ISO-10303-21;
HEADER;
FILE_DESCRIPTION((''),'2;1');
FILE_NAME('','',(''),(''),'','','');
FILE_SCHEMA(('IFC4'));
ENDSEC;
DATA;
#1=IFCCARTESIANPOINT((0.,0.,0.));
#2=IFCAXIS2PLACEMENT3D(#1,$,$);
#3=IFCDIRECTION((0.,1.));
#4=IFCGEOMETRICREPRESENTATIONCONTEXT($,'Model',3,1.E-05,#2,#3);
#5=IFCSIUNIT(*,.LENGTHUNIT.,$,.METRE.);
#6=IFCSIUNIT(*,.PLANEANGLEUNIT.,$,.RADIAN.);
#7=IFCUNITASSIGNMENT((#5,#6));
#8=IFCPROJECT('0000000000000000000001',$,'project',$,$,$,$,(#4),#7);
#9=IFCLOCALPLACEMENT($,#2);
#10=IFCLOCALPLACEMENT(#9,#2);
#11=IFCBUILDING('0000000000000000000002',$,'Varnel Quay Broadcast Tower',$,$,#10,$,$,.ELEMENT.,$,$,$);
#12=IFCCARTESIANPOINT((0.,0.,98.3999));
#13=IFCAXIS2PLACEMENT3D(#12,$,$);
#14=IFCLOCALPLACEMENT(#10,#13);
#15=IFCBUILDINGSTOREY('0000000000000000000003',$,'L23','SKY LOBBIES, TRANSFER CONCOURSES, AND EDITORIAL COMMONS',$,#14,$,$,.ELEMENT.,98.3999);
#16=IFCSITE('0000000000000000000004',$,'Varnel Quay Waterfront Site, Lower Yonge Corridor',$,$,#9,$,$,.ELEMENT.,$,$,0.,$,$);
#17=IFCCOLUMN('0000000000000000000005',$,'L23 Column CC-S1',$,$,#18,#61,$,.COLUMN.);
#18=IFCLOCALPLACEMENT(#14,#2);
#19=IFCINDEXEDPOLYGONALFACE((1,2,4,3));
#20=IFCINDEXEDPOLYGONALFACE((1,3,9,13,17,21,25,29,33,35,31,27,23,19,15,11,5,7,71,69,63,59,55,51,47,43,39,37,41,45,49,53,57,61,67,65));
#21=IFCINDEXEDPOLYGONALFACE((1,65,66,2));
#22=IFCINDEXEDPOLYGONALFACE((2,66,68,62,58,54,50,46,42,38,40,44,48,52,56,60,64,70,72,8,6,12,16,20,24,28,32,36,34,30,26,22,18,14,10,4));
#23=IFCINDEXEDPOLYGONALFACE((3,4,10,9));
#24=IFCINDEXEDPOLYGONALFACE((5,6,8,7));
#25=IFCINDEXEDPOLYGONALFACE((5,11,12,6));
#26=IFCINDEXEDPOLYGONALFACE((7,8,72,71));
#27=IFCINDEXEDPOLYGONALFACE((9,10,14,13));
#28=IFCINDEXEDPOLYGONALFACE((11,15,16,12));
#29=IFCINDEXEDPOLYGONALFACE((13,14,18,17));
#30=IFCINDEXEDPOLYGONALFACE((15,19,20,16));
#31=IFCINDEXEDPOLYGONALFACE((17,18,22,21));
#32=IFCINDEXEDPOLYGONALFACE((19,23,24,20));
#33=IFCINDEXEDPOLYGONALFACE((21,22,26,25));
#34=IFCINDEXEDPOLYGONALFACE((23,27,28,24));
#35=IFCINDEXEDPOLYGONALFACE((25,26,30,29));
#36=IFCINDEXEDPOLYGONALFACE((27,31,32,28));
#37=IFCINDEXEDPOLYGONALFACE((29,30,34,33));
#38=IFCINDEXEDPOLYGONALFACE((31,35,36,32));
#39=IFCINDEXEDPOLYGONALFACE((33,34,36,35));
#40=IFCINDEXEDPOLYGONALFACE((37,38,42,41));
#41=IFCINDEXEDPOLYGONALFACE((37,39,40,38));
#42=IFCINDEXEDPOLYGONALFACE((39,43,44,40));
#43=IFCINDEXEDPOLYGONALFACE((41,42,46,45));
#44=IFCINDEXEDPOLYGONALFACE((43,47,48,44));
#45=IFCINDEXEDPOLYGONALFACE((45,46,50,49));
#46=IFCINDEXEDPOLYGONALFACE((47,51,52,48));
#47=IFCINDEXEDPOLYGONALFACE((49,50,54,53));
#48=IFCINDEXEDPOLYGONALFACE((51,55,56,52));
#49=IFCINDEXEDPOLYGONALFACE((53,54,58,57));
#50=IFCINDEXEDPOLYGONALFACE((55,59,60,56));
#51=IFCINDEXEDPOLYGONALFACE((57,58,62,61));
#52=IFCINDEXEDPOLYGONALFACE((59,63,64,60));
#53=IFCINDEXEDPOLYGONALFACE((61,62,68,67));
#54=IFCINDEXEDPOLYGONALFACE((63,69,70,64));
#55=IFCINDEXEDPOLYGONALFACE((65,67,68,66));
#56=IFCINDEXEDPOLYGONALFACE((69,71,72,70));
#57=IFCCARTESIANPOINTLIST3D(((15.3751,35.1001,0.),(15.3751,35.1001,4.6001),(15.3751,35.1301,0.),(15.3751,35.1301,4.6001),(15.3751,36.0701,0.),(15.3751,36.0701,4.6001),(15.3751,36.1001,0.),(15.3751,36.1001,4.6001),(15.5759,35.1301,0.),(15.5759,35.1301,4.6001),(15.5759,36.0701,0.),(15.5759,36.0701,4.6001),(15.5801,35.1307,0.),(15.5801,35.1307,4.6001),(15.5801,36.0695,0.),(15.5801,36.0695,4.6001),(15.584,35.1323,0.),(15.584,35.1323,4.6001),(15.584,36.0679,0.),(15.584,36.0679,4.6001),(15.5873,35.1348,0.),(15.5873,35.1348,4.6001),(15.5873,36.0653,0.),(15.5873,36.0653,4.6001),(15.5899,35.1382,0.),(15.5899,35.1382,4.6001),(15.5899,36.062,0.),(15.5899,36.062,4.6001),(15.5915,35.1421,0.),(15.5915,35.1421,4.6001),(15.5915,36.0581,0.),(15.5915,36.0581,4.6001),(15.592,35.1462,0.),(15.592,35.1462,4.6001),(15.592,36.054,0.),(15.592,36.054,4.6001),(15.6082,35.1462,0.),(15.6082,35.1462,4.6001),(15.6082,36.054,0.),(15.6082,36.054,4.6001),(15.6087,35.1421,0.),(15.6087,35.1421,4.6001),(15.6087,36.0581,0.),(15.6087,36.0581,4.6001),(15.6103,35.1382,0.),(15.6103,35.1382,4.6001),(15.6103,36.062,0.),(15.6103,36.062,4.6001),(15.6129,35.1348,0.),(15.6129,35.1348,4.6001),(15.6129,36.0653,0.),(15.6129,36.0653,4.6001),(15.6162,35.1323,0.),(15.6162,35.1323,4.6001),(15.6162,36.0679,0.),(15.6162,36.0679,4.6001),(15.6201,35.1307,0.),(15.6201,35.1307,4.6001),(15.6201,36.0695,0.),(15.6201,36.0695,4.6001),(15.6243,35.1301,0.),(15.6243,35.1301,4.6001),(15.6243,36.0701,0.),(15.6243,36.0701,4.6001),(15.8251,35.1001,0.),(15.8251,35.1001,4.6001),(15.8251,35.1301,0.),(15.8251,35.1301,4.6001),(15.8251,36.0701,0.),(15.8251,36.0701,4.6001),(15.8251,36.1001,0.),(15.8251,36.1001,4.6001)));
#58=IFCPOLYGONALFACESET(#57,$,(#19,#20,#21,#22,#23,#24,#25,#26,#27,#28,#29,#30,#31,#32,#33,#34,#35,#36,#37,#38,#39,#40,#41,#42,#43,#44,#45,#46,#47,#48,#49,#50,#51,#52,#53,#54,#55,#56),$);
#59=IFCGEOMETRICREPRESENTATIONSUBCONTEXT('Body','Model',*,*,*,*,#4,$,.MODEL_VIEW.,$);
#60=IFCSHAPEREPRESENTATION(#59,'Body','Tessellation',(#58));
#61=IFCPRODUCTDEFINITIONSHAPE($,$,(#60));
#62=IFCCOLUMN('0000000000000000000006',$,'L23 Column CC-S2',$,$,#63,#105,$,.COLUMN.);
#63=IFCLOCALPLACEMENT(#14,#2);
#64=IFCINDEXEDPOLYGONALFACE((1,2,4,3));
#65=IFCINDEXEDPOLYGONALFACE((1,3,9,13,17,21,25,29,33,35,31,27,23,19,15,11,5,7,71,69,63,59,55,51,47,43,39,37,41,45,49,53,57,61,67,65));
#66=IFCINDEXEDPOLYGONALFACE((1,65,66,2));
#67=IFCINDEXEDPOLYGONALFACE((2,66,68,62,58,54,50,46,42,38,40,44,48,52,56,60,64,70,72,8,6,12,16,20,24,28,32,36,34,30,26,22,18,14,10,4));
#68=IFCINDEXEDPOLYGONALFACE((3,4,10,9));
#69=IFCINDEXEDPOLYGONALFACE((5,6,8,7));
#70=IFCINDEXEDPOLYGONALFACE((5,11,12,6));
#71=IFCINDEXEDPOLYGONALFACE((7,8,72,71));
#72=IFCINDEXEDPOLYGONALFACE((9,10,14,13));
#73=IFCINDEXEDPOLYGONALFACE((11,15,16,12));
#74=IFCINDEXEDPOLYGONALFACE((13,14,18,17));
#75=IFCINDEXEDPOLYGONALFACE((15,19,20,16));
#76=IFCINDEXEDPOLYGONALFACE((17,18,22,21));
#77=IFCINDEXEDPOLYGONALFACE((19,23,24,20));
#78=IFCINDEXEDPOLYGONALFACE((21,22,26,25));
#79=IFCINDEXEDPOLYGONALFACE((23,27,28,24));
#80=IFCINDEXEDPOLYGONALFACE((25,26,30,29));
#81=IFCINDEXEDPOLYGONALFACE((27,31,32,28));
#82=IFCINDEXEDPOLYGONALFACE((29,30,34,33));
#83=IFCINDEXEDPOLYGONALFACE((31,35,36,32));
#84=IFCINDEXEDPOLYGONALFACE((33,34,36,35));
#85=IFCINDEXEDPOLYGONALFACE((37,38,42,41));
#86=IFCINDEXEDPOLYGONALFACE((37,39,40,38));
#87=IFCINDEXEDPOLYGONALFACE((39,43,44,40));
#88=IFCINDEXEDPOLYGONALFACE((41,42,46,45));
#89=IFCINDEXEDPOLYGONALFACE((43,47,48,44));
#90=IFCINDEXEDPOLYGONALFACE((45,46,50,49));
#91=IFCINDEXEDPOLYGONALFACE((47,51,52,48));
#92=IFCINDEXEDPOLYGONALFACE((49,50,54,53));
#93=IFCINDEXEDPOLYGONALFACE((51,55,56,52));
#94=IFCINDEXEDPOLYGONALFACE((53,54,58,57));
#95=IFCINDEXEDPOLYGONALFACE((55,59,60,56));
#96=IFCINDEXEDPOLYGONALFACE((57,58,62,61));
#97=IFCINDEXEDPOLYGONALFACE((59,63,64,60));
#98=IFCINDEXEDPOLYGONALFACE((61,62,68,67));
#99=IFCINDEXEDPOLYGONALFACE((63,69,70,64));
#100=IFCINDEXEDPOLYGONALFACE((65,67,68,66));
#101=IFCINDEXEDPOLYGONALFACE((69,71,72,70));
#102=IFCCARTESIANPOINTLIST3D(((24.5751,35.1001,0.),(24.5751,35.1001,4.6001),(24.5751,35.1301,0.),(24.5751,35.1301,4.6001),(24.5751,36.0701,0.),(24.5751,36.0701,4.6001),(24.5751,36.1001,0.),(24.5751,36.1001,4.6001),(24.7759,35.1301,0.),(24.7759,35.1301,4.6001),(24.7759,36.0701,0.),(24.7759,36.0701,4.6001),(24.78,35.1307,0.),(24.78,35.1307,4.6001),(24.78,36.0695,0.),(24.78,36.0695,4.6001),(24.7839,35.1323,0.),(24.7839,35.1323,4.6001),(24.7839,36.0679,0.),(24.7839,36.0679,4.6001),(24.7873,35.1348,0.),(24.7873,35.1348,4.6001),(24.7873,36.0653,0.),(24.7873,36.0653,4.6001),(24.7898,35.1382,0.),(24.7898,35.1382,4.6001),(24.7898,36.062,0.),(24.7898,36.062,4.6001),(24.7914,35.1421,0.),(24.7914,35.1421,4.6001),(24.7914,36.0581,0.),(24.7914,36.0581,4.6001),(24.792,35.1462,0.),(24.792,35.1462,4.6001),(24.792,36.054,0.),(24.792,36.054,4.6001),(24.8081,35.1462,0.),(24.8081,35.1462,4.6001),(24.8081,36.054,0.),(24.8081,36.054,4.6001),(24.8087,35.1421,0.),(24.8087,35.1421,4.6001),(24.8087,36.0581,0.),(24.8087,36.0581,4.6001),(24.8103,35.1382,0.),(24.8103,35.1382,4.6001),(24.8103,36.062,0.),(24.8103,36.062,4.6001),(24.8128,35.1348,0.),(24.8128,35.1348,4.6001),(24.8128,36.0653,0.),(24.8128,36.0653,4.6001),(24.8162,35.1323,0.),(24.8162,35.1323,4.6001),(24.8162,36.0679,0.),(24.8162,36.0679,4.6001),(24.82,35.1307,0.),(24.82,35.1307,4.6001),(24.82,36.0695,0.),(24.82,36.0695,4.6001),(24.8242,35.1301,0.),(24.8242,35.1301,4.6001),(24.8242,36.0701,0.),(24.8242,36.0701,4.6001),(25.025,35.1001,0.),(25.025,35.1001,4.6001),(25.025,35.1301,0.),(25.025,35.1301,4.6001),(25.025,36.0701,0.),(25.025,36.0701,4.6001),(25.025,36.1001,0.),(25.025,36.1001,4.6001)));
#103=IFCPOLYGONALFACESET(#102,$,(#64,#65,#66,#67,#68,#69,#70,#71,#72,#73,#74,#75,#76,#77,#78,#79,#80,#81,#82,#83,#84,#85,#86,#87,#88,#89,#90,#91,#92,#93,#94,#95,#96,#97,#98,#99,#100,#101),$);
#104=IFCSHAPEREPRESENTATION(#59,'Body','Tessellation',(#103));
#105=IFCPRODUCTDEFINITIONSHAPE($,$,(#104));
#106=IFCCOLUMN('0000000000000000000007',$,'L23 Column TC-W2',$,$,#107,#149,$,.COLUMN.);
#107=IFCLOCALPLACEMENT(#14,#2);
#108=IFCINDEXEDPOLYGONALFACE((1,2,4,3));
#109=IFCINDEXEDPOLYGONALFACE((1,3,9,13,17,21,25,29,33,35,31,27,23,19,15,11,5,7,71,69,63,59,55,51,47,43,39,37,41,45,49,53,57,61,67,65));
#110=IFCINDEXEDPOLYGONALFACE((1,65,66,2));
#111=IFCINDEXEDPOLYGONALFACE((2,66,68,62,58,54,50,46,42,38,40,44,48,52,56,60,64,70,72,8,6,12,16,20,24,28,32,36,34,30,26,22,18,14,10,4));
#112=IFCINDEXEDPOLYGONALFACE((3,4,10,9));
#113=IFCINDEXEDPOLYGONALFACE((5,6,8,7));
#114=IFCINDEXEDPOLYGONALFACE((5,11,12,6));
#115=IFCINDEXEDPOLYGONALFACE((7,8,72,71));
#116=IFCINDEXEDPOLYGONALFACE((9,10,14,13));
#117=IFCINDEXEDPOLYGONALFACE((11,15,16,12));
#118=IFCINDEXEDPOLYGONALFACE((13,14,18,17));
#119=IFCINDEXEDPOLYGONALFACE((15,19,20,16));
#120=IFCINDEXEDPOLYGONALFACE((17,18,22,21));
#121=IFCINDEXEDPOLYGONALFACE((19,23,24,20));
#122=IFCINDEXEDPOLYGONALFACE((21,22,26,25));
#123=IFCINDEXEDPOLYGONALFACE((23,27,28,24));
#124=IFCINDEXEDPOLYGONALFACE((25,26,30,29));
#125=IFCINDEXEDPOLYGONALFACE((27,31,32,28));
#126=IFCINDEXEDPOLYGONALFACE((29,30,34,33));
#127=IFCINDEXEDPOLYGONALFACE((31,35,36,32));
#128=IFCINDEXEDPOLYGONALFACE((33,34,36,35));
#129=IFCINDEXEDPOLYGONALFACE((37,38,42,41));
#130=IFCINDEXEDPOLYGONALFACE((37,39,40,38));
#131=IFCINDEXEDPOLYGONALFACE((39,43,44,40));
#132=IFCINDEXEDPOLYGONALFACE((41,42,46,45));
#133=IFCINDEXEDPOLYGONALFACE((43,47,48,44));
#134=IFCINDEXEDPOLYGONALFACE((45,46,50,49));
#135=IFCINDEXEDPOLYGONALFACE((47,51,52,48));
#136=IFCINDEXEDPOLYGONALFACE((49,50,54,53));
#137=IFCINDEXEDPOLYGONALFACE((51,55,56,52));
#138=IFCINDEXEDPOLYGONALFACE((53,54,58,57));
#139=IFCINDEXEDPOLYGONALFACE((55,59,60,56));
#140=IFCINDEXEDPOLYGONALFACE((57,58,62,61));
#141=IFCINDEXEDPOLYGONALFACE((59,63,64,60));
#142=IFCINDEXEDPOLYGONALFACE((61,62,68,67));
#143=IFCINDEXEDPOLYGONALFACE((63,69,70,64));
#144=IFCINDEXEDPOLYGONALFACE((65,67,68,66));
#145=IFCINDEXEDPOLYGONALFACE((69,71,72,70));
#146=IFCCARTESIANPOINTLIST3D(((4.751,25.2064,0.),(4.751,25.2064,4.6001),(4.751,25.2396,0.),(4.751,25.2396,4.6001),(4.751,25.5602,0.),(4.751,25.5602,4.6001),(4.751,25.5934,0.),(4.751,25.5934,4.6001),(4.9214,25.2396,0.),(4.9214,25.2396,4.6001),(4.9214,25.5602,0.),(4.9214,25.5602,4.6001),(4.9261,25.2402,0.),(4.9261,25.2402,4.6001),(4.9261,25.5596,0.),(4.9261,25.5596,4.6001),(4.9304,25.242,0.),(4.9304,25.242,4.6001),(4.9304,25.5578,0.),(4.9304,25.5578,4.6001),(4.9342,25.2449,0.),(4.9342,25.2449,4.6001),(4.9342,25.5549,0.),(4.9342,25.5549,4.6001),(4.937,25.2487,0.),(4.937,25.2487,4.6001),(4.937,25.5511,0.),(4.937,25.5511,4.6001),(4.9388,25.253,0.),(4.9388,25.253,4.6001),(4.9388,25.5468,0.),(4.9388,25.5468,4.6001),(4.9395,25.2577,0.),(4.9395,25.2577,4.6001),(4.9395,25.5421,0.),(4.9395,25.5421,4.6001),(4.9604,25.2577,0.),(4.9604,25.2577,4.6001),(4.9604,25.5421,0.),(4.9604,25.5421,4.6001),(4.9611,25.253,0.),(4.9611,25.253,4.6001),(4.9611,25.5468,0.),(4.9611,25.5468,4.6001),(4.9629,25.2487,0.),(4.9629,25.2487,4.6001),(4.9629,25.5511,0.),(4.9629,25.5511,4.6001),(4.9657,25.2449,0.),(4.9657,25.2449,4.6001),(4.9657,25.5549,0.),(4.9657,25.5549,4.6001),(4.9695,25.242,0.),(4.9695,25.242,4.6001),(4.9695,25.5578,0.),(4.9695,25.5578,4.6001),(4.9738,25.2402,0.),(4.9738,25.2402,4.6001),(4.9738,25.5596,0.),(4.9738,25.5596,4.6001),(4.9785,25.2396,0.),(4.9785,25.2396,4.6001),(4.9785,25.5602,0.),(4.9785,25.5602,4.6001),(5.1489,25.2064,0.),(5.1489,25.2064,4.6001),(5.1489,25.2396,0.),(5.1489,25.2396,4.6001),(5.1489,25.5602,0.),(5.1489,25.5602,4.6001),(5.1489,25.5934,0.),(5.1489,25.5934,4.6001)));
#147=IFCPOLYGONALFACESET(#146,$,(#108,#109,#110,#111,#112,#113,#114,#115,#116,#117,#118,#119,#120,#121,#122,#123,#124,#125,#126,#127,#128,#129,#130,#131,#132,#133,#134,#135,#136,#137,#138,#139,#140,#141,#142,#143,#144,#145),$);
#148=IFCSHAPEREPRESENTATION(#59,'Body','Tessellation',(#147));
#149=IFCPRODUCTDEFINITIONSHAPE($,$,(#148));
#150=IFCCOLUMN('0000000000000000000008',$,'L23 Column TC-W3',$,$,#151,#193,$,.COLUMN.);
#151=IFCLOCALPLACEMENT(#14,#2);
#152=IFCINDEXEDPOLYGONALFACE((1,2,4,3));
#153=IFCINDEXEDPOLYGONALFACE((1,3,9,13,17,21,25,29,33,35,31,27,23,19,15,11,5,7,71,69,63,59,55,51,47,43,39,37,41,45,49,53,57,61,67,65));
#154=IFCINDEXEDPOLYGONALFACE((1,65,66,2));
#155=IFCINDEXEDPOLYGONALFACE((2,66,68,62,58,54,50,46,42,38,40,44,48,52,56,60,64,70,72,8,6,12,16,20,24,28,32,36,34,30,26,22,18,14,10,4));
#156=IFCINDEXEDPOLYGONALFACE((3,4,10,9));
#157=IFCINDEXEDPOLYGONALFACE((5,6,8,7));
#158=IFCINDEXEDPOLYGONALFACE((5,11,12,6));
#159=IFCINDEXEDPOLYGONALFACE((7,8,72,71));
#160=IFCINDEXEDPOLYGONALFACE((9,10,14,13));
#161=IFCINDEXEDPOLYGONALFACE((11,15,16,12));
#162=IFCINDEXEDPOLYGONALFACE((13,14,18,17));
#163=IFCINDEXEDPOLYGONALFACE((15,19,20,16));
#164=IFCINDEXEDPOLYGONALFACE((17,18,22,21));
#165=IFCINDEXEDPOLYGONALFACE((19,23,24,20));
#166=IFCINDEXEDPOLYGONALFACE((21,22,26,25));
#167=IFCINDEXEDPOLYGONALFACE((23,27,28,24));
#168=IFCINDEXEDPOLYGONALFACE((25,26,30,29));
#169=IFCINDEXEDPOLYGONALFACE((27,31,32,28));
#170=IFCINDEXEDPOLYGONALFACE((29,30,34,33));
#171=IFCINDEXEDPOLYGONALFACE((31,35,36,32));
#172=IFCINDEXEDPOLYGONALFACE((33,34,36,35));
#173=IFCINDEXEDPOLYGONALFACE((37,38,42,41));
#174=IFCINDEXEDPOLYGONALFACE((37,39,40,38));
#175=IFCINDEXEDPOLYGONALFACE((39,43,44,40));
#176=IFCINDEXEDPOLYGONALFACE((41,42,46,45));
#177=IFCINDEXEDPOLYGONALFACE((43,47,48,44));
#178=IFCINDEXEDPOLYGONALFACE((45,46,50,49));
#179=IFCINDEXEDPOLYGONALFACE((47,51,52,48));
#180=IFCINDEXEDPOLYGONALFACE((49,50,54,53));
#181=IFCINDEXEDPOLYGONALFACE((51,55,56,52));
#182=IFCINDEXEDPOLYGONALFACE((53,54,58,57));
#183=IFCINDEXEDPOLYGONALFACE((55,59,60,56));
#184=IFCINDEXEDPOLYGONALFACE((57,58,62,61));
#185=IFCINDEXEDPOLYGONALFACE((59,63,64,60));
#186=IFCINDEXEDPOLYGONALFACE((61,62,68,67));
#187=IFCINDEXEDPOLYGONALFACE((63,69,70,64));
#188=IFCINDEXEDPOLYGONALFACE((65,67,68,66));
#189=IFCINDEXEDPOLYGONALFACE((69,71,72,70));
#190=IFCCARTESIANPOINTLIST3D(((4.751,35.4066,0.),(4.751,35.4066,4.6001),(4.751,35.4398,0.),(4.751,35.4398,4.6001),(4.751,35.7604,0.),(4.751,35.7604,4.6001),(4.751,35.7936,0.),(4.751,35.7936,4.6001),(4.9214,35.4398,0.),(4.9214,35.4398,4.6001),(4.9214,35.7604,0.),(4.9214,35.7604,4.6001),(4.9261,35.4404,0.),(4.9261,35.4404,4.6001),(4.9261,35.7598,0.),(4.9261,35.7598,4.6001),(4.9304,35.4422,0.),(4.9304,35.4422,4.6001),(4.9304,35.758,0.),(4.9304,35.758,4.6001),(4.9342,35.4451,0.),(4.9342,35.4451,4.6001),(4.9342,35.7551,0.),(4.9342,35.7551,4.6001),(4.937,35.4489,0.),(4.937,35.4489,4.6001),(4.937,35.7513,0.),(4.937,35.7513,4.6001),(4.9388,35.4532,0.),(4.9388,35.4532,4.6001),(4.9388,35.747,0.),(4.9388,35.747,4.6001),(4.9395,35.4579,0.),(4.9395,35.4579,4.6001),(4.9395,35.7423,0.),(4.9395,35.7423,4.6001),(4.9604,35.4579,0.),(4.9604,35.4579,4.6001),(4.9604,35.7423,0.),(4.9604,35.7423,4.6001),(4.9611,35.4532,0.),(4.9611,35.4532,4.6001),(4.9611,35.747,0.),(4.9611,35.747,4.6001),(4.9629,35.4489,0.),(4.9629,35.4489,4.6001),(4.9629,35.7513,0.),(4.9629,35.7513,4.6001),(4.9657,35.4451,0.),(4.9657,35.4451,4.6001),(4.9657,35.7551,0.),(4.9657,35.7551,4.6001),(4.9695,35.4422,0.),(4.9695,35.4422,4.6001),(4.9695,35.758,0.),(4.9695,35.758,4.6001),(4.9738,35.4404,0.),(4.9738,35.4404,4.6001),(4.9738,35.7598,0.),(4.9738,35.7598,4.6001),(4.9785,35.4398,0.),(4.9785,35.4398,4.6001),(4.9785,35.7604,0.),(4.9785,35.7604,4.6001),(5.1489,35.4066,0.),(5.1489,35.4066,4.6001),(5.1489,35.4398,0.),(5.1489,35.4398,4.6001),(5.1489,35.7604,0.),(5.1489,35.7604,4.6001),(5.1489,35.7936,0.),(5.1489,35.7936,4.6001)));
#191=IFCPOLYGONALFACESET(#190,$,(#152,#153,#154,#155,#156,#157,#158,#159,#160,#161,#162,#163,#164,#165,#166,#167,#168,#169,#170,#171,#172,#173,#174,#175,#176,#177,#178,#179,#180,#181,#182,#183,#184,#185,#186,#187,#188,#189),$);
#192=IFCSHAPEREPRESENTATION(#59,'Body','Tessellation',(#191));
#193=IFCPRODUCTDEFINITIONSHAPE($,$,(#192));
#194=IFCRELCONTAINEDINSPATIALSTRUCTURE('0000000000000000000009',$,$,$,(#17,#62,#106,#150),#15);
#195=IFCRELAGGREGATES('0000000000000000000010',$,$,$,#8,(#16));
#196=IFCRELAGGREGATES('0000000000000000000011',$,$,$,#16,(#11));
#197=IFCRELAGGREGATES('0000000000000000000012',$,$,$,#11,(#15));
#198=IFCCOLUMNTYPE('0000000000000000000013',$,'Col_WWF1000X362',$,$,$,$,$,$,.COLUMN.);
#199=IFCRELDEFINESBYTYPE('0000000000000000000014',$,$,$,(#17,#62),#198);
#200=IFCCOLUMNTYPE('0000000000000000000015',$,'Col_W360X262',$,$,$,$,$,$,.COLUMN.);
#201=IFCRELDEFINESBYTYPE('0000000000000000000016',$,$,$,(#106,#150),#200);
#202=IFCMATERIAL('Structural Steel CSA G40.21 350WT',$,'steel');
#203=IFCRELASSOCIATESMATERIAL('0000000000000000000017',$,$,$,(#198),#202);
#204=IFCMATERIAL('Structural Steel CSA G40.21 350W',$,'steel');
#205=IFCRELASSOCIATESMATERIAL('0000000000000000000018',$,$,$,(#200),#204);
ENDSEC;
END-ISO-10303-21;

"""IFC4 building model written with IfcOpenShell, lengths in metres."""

from ifc_helpers import new_model, si_unit, direction, frame, origin, origin_2d, place, context, subcontext, project, spatial, i_section, extrude, source, transform, mapped, material, material_profile, profile_set, type_object, type_shapes, element, save


model = new_model("IFC4")

# Units and contexts
model_context = context("Model", 3, precision=1e-05, world=origin(), true_north=direction((0.0, 1.0)))
body_context = subcontext(model_context, "Body", "Model", "MODEL_VIEW")
ifc_project = project(units=[si_unit("LENGTHUNIT", "METRE"), si_unit("PLANEANGLEUNIT", "RADIAN")], contexts=[model_context])

# Site, building, storey
site_placement = place(None, origin())
site = spatial("IfcSite", under=ifc_project, at=site_placement, Name="Varnel Quay Waterfront Site, Lower Yonge Corridor", CompositionType="ELEMENT", RefElevation=0.0)
building_placement = place(site_placement, origin())
building = spatial("IfcBuilding", under=site, at=building_placement, Name="Varnel Quay Broadcast Tower", CompositionType="ELEMENT")
storey_placement = place(building_placement, frame((0.0, 0.0, 98.3999)))
storey = spatial("IfcBuildingStorey", under=building, at=storey_placement, Name="L23", Description="SKY LOBBIES, TRANSFER CONCOURSES, AND EDITORIAL COMMONS", CompositionType="ELEMENT", Elevation=98.3999)

# Columns
ifc_material_1 = material(Name="Structural Steel CSA G40.21 350WT", Category="steel")
ifc_material_profile_1 = material_profile(ifc_material_1, i_section(OverallWidth=0.45, OverallDepth=1.0, WebThickness=0.0161, FlangeThickness=0.03, FilletRadius=0.0161, at=origin_2d()), Name="WWF1000X362")
ifc_profile_set_1 = profile_set([ifc_material_profile_1], Name="Structural Steel CSA G40.21 350WT")
column_type_1 = type_object("IfcColumnType", Name="Col_WWF1000X362", PredefinedType="COLUMN", material=ifc_profile_set_1)
shared_shape_1 = source(origin(), body_context, "Body", "SweptSolid", [
    extrude(i_section(OverallWidth=0.45, OverallDepth=1.0, WebThickness=0.0161, FlangeThickness=0.03, FilletRadius=0.0161, at=origin_2d()), origin(), (0.0, 0.0, 1.0), 4.6001),
])
type_shapes(column_type_1, [shared_shape_1])
for number, where, z_axis, x_axis, name in (
    (1, (15.6001, 35.6001, 0.0), (0.0, 0.0, 1.0), (1.0, 0.0, 0.0), "L23 Column CC-S1"),
    (2, (24.8, 35.6001, 0.0), (0.0, 0.0, 1.0), (1.0, 0.0, 0.0), "L23 Column CC-S2"),
):
    element("IfcColumn", number, at=place(storey_placement, frame(where, z_axis=z_axis, x_axis=x_axis)), inside=storey, type_object=column_type_1, Name=name, PredefinedType="COLUMN", context=body_context, shape_type="MappedRepresentation", body=[
        mapped(shared_shape_1, transform((0.0, 0.0, 0.0), x_axis=(1.0, 0.0, 0.0), y_axis=(0.0, 1.0, 0.0), z_axis=(0.0, 0.0, 1.0), scale=1.0)),
    ])
ifc_material_2 = material(Name="Structural Steel CSA G40.21 350W", Category="steel")
ifc_material_profile_2 = material_profile(ifc_material_2, i_section(OverallWidth=0.3979, OverallDepth=0.387, WebThickness=0.021, FlangeThickness=0.0332, FilletRadius=0.0181, at=origin_2d()), Name="W360X262")
ifc_profile_set_2 = profile_set([ifc_material_profile_2], Name="Structural Steel CSA G40.21 350W")
column_type_2 = type_object("IfcColumnType", Name="Col_W360X262", PredefinedType="COLUMN", material=ifc_profile_set_2)
shared_shape_2 = source(origin(), body_context, "Body", "SweptSolid", [
    extrude(i_section(OverallWidth=0.3979, OverallDepth=0.387, WebThickness=0.021, FlangeThickness=0.0332, FilletRadius=0.0181, at=origin_2d()), origin(), (0.0, 0.0, 1.0), 4.6001),
])
type_shapes(column_type_2, [shared_shape_2])
for number, where, z_axis, x_axis, name in (
    (3, (4.95, 25.3999, 0.0), (0.0, 0.0, 1.0), (1.0, 0.0, 0.0), "L23 Column TC-W2"),
    (4, (4.95, 35.6001, 0.0), (0.0, 0.0, 1.0), (1.0, 0.0, 0.0), "L23 Column TC-W3"),
):
    element("IfcColumn", number, at=place(storey_placement, frame(where, z_axis=z_axis, x_axis=x_axis)), inside=storey, type_object=column_type_2, Name=name, PredefinedType="COLUMN", context=body_context, shape_type="MappedRepresentation", body=[
        mapped(shared_shape_2, transform((0.0, 0.0, 0.0), x_axis=(1.0, 0.0, 0.0), y_axis=(0.0, 1.0, 0.0), z_axis=(0.0, 0.0, 1.0), scale=1.0)),
    ])

save(model, "model.ifc")
